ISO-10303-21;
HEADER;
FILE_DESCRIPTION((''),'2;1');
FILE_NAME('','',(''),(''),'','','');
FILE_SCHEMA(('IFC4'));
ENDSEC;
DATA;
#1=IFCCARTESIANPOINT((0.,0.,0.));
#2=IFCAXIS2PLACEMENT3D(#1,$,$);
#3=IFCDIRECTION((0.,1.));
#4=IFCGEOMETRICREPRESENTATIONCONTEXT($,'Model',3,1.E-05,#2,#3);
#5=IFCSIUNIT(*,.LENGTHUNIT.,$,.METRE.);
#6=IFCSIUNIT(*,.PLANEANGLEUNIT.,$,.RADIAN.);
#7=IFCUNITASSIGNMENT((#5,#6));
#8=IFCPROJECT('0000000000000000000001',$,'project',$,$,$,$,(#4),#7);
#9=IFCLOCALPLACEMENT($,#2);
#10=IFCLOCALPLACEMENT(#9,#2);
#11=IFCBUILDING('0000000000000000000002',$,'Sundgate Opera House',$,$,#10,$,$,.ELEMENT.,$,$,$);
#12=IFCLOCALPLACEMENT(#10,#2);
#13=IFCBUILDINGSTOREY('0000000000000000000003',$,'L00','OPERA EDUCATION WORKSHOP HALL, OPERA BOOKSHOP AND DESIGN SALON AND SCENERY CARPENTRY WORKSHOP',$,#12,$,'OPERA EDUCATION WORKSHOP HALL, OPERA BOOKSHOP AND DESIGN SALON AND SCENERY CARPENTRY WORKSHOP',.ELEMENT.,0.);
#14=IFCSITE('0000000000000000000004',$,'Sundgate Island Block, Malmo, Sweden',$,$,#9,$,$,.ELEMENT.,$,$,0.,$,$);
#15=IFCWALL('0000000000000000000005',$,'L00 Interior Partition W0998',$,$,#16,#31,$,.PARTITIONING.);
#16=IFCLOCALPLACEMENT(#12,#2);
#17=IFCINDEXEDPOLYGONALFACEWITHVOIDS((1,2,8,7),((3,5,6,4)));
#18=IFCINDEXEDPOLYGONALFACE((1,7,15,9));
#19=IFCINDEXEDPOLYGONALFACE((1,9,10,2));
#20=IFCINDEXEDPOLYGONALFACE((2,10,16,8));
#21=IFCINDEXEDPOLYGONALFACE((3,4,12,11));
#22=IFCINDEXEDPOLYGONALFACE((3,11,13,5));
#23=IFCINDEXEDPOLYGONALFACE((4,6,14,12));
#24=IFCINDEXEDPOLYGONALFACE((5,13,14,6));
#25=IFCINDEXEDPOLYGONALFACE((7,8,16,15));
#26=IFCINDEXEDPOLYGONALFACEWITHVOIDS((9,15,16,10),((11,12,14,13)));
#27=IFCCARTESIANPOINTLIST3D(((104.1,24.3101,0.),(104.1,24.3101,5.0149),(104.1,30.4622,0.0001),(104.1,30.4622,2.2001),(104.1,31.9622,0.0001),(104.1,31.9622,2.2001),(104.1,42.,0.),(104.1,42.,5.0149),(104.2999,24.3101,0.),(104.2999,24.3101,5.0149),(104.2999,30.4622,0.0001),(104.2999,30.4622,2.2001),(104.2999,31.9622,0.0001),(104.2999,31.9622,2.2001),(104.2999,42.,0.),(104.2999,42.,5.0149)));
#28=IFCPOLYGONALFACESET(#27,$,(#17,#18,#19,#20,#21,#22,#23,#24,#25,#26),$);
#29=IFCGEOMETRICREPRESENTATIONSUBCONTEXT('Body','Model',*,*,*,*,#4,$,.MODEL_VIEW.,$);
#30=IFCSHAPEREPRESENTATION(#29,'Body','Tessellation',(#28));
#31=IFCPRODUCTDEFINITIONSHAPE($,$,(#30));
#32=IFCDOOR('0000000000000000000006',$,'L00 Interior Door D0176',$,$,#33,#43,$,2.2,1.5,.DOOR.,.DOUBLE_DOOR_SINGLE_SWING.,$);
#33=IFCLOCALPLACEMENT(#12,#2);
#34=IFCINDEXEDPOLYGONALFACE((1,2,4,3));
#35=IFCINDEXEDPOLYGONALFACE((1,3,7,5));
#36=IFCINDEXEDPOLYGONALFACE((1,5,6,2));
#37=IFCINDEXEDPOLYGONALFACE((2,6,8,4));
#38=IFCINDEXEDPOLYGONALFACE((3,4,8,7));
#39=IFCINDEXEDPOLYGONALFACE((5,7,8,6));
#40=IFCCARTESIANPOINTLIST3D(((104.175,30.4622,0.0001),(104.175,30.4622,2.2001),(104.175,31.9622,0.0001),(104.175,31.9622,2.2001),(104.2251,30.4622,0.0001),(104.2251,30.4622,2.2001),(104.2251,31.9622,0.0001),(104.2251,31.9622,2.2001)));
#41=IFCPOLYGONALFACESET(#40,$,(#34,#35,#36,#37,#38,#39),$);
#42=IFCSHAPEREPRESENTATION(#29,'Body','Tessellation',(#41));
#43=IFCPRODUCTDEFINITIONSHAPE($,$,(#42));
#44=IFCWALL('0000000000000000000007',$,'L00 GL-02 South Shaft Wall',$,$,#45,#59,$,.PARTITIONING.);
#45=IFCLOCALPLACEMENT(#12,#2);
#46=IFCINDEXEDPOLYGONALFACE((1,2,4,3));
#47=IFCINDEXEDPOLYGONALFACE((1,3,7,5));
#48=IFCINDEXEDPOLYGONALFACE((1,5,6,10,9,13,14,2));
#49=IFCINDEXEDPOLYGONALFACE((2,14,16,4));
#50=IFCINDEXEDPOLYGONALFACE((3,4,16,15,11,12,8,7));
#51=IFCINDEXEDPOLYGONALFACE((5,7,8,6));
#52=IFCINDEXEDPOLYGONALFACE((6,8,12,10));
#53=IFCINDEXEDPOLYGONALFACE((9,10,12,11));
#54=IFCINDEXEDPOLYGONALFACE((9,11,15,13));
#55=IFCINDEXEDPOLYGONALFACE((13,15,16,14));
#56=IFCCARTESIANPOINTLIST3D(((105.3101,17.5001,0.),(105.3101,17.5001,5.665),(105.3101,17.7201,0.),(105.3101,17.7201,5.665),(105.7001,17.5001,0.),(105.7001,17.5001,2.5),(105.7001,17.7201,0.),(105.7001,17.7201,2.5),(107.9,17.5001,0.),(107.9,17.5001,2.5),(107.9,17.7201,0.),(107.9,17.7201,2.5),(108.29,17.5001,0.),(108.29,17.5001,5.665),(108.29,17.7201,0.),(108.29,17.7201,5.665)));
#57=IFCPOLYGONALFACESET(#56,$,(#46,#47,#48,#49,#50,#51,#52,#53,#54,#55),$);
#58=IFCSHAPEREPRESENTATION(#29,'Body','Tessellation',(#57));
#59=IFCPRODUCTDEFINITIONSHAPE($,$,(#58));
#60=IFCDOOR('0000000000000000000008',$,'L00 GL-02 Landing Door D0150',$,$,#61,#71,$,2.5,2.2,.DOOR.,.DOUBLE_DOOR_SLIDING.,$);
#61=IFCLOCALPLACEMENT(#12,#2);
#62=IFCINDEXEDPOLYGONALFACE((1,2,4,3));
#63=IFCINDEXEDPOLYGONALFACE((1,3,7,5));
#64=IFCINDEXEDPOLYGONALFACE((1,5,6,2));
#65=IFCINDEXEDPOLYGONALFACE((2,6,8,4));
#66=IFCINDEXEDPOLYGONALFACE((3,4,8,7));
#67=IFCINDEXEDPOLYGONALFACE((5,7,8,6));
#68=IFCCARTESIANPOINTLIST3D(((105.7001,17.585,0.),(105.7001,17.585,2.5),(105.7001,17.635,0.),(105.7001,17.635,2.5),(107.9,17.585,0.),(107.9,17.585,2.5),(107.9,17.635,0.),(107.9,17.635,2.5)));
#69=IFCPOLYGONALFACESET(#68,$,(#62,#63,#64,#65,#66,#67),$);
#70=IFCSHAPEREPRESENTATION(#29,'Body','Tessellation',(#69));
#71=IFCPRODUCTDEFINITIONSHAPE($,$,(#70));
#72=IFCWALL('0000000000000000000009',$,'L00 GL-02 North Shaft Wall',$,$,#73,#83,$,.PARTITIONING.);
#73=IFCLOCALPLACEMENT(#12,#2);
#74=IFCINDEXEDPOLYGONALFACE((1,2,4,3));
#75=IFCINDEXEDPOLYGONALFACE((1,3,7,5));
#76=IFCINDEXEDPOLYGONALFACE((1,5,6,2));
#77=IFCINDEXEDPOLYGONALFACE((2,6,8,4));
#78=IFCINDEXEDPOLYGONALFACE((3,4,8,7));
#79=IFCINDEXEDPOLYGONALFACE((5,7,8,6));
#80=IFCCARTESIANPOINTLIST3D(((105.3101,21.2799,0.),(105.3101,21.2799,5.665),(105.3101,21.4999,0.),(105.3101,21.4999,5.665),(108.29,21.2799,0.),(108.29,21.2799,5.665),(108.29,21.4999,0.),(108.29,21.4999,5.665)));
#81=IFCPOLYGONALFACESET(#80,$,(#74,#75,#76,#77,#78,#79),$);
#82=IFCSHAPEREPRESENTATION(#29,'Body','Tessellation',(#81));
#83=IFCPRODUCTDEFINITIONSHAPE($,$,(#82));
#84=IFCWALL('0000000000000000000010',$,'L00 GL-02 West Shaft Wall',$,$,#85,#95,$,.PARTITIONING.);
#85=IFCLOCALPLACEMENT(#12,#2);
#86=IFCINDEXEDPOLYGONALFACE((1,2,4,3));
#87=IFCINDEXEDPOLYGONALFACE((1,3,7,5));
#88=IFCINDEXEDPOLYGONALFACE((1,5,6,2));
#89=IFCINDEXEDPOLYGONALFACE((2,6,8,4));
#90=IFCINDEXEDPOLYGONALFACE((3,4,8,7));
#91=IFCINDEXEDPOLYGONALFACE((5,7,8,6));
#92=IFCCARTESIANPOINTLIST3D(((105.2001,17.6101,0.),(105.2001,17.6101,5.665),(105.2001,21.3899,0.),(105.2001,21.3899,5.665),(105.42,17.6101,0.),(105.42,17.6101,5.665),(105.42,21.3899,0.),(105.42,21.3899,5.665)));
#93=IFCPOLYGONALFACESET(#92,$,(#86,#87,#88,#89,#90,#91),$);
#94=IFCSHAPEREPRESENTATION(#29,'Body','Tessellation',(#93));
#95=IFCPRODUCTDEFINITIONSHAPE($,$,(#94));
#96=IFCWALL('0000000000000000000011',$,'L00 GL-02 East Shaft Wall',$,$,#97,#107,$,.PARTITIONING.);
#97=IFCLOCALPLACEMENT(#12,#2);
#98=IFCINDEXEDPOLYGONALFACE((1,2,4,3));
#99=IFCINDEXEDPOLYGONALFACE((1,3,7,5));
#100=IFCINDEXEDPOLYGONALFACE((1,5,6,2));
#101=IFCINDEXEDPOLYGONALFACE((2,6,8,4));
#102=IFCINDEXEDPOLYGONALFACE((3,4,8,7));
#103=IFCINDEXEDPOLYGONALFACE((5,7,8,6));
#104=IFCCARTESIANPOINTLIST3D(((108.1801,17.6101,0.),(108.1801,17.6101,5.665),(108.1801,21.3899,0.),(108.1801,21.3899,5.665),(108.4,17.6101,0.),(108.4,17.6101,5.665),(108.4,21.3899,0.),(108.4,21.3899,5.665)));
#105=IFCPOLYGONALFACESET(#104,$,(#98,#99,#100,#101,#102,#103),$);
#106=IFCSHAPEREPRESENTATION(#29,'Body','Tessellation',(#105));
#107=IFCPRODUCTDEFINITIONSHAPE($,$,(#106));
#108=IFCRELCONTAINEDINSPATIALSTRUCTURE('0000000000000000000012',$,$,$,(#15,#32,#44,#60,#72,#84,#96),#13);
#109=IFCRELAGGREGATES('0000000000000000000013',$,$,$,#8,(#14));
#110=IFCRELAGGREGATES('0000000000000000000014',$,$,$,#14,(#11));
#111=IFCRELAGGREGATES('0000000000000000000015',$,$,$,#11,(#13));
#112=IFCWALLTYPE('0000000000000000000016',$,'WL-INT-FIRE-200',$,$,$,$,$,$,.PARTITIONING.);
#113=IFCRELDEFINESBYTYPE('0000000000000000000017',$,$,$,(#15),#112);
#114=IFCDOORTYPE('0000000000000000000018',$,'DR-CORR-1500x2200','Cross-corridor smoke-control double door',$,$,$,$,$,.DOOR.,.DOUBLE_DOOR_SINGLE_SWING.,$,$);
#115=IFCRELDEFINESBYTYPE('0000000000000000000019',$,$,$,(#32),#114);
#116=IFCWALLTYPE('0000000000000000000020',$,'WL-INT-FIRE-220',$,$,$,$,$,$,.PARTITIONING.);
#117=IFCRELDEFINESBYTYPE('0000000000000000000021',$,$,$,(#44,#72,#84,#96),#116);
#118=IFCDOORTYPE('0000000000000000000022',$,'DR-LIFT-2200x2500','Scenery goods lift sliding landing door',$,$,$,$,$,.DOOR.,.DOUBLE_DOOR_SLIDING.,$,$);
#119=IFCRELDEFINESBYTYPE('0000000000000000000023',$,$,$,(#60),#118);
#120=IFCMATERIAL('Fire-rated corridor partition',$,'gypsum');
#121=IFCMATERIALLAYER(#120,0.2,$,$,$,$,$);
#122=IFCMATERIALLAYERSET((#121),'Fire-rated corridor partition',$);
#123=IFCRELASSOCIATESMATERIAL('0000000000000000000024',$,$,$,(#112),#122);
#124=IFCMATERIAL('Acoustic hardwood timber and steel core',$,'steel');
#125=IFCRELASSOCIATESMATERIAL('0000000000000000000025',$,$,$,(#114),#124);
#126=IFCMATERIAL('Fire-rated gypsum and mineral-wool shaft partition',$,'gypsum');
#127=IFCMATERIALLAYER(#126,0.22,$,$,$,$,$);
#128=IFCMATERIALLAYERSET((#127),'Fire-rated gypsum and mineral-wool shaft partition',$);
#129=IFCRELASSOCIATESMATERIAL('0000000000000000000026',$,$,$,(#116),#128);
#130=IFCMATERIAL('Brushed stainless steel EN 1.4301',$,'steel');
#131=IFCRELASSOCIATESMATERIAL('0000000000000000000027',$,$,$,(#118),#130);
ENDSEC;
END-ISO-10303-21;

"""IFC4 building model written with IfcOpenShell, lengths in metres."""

from ifc_helpers import new_model, si_unit, direction, frame, frame_2d, origin, place, context, subcontext, project, spatial, rectangle, extrude, material, layer, layer_set, type_object, element, fill, save


model = new_model("IFC4")

# Units and contexts
model_context = context("Model", 3, precision=1e-05, world=origin(), true_north=direction((0.0, 1.0)))
body_context = subcontext(model_context, "Body", "Model", "MODEL_VIEW")
ifc_project = project(units=[si_unit("LENGTHUNIT", "METRE"), si_unit("PLANEANGLEUNIT", "RADIAN")], contexts=[model_context])

# Site, building, storey
site_placement = place(None, origin())
site = spatial("IfcSite", under=ifc_project, at=site_placement, Name="Sundgate Island Block, Malmo, Sweden", CompositionType="ELEMENT", RefElevation=0.0)
building_placement = place(site_placement, origin())
building = spatial("IfcBuilding", under=site, at=building_placement, Name="Sundgate Opera House", CompositionType="ELEMENT")
storey_placement = place(building_placement, origin())
storey = spatial("IfcBuildingStorey", under=building, at=storey_placement, Name="L00", Description="OPERA EDUCATION WORKSHOP HALL, OPERA BOOKSHOP AND DESIGN SALON AND SCENERY CARPENTRY WORKSHOP", LongName="OPERA EDUCATION WORKSHOP HALL, OPERA BOOKSHOP AND DESIGN SALON AND SCENERY CARPENTRY WORKSHOP", CompositionType="ELEMENT", Elevation=0.0)

# Walls, openings, doors
ifc_material_1 = material(Name="Fire-rated corridor partition", Category="gypsum")
ifc_layer_1 = layer(ifc_material_1, 0.2)
ifc_layer_set_1 = layer_set([ifc_layer_1], Name="Fire-rated corridor partition")
wall_type_1 = type_object("IfcWallType", Name="WL-INT-FIRE-200", PredefinedType="PARTITIONING", material=ifc_layer_set_1)
wall_1_placement = place(storey_placement, frame((104.2, 24.3101, 0.0), z_axis=(0.0, 0.0, 1.0), x_axis=(0.0, 1.0, 0.0)))
wall_1 = element("IfcWall", 1, at=wall_1_placement, inside=storey, type_object=wall_type_1, Name="L00 Interior Partition W0998", PredefinedType="PARTITIONING", context=body_context, shape_type="SweptSolid", body=[
    extrude(rectangle(XDim=17.6899, YDim=0.2, at=frame_2d((8.845, 0.0))), origin(), (0.0, 0.0, 1.0), 5.0149),
])
opening_1_placement = place(wall_1_placement, frame((6.1521, 0.0, 0.0)))
opening_1 = element("IfcOpeningElement", 2, at=opening_1_placement, cuts=wall_1, PredefinedType="OPENING", context=body_context, shape_type="SweptSolid", body=[
    extrude(rectangle(XDim=1.5, YDim=2.2, at=frame_2d((0.75, 1.1001))), frame((0.0, 0.1099, 0.0), z_axis=(0.0, -1.0, 0.0), x_axis=(1.0, 0.0, 0.0)), (0.0, 0.0, 1.0), 0.22),
])
ifc_material_2 = material(Name="Acoustic hardwood timber and steel core", Category="steel")
door_type_1 = type_object("IfcDoorType", Name="DR-CORR-1500x2200", Description="Cross-corridor smoke-control double door", OperationType="DOUBLE_DOOR_SINGLE_SWING", PredefinedType="DOOR", material=ifc_material_2)
door_1_placement = place(opening_1_placement, origin())
door_1 = element("IfcDoor", 3, at=door_1_placement, inside=storey, type_object=door_type_1, Name="L00 Interior Door D0176", OperationType="DOUBLE_DOOR_SINGLE_SWING", OverallHeight=2.2, OverallWidth=1.5, PredefinedType="DOOR", context=body_context, shape_type="SweptSolid", body=[
    extrude(rectangle(XDim=1.5, YDim=2.2, at=frame_2d((0.75, 1.1001))), frame((0.0, 0.0249, 0.0), z_axis=(0.0, -1.0, 0.0), x_axis=(1.0, 0.0, 0.0)), (0.0, 0.0, 1.0), 0.05),
])
fill(opening_1, door_1)
ifc_material_3 = material(Name="Fire-rated gypsum and mineral-wool shaft partition", Category="gypsum")
ifc_layer_2 = layer(ifc_material_3, 0.22)
ifc_layer_set_2 = layer_set([ifc_layer_2], Name="Fire-rated gypsum and mineral-wool shaft partition")
wall_type_2 = type_object("IfcWallType", Name="WL-INT-FIRE-220", PredefinedType="PARTITIONING", material=ifc_layer_set_2)
wall_2_placement = place(storey_placement, frame((105.3101, 17.6101, 0.0), z_axis=(0.0, 0.0, 1.0), x_axis=(1.0, 0.0, 0.0)))
wall_2 = element("IfcWall", 4, at=wall_2_placement, inside=storey, type_object=wall_type_2, Name="L00 GL-02 South Shaft Wall", PredefinedType="PARTITIONING", context=body_context, shape_type="SweptSolid", body=[
    extrude(rectangle(XDim=2.98, YDim=0.22, at=frame_2d((1.49, 0.0))), origin(), (0.0, 0.0, 1.0), 5.665),
])
opening_2_placement = place(wall_2_placement, frame((0.3899, 0.0, 0.0)))
opening_2 = element("IfcOpeningElement", 5, at=opening_2_placement, cuts=wall_2, PredefinedType="OPENING", context=body_context, shape_type="SweptSolid", body=[
    extrude(rectangle(XDim=2.2, YDim=2.5, at=frame_2d((1.1001, 1.25))), frame((0.0, 0.1199, 0.0), z_axis=(0.0, -1.0, 0.0), x_axis=(1.0, 0.0, 0.0)), (0.0, 0.0, 1.0), 0.24),
])
ifc_material_4 = material(Name="Brushed stainless steel EN 1.4301", Category="steel")
door_type_2 = type_object("IfcDoorType", Name="DR-LIFT-2200x2500", Description="Scenery goods lift sliding landing door", OperationType="DOUBLE_DOOR_SLIDING", PredefinedType="DOOR", material=ifc_material_4)
door_2_placement = place(opening_2_placement, origin())
door_2 = element("IfcDoor", 6, at=door_2_placement, inside=storey, type_object=door_type_2, Name="L00 GL-02 Landing Door D0150", OperationType="DOUBLE_DOOR_SLIDING", OverallHeight=2.5, OverallWidth=2.2, PredefinedType="DOOR", context=body_context, shape_type="SweptSolid", body=[
    extrude(rectangle(XDim=2.2, YDim=2.5, at=frame_2d((1.1001, 1.25))), frame((0.0, 0.0249, 0.0), z_axis=(0.0, -1.0, 0.0), x_axis=(1.0, 0.0, 0.0)), (0.0, 0.0, 1.0), 0.05),
])
fill(opening_2, door_2)

# Walls
wall_3_placement = place(storey_placement, frame((105.3101, 21.3899, 0.0), z_axis=(0.0, 0.0, 1.0), x_axis=(1.0, 0.0, 0.0)))
element("IfcWall", 7, at=wall_3_placement, inside=storey, type_object=wall_type_2, Name="L00 GL-02 North Shaft Wall", PredefinedType="PARTITIONING", context=body_context, shape_type="SweptSolid", body=[
    extrude(rectangle(XDim=2.98, YDim=0.22, at=frame_2d((1.49, 0.0))), origin(), (0.0, 0.0, 1.0), 5.665),
])
for number, where, z_axis, x_axis, name in (
    (8, (105.3101, 17.6101, 0.0), (0.0, 0.0, 1.0), (0.0, 1.0, 0.0), "L00 GL-02 West Shaft Wall"),
    (9, (108.29, 17.6101, 0.0), (0.0, 0.0, 1.0), (0.0, 1.0, 0.0), "L00 GL-02 East Shaft Wall"),
):
    element("IfcWall", number, at=place(storey_placement, frame(where, z_axis=z_axis, x_axis=x_axis)), inside=storey, type_object=wall_type_2, Name=name, PredefinedType="PARTITIONING", context=body_context, shape_type="SweptSolid", body=[
        extrude(rectangle(XDim=3.7798, YDim=0.22, at=frame_2d((1.8899, 0.0))), origin(), (0.0, 0.0, 1.0), 5.665),
    ])

save(model, "model.ifc")
